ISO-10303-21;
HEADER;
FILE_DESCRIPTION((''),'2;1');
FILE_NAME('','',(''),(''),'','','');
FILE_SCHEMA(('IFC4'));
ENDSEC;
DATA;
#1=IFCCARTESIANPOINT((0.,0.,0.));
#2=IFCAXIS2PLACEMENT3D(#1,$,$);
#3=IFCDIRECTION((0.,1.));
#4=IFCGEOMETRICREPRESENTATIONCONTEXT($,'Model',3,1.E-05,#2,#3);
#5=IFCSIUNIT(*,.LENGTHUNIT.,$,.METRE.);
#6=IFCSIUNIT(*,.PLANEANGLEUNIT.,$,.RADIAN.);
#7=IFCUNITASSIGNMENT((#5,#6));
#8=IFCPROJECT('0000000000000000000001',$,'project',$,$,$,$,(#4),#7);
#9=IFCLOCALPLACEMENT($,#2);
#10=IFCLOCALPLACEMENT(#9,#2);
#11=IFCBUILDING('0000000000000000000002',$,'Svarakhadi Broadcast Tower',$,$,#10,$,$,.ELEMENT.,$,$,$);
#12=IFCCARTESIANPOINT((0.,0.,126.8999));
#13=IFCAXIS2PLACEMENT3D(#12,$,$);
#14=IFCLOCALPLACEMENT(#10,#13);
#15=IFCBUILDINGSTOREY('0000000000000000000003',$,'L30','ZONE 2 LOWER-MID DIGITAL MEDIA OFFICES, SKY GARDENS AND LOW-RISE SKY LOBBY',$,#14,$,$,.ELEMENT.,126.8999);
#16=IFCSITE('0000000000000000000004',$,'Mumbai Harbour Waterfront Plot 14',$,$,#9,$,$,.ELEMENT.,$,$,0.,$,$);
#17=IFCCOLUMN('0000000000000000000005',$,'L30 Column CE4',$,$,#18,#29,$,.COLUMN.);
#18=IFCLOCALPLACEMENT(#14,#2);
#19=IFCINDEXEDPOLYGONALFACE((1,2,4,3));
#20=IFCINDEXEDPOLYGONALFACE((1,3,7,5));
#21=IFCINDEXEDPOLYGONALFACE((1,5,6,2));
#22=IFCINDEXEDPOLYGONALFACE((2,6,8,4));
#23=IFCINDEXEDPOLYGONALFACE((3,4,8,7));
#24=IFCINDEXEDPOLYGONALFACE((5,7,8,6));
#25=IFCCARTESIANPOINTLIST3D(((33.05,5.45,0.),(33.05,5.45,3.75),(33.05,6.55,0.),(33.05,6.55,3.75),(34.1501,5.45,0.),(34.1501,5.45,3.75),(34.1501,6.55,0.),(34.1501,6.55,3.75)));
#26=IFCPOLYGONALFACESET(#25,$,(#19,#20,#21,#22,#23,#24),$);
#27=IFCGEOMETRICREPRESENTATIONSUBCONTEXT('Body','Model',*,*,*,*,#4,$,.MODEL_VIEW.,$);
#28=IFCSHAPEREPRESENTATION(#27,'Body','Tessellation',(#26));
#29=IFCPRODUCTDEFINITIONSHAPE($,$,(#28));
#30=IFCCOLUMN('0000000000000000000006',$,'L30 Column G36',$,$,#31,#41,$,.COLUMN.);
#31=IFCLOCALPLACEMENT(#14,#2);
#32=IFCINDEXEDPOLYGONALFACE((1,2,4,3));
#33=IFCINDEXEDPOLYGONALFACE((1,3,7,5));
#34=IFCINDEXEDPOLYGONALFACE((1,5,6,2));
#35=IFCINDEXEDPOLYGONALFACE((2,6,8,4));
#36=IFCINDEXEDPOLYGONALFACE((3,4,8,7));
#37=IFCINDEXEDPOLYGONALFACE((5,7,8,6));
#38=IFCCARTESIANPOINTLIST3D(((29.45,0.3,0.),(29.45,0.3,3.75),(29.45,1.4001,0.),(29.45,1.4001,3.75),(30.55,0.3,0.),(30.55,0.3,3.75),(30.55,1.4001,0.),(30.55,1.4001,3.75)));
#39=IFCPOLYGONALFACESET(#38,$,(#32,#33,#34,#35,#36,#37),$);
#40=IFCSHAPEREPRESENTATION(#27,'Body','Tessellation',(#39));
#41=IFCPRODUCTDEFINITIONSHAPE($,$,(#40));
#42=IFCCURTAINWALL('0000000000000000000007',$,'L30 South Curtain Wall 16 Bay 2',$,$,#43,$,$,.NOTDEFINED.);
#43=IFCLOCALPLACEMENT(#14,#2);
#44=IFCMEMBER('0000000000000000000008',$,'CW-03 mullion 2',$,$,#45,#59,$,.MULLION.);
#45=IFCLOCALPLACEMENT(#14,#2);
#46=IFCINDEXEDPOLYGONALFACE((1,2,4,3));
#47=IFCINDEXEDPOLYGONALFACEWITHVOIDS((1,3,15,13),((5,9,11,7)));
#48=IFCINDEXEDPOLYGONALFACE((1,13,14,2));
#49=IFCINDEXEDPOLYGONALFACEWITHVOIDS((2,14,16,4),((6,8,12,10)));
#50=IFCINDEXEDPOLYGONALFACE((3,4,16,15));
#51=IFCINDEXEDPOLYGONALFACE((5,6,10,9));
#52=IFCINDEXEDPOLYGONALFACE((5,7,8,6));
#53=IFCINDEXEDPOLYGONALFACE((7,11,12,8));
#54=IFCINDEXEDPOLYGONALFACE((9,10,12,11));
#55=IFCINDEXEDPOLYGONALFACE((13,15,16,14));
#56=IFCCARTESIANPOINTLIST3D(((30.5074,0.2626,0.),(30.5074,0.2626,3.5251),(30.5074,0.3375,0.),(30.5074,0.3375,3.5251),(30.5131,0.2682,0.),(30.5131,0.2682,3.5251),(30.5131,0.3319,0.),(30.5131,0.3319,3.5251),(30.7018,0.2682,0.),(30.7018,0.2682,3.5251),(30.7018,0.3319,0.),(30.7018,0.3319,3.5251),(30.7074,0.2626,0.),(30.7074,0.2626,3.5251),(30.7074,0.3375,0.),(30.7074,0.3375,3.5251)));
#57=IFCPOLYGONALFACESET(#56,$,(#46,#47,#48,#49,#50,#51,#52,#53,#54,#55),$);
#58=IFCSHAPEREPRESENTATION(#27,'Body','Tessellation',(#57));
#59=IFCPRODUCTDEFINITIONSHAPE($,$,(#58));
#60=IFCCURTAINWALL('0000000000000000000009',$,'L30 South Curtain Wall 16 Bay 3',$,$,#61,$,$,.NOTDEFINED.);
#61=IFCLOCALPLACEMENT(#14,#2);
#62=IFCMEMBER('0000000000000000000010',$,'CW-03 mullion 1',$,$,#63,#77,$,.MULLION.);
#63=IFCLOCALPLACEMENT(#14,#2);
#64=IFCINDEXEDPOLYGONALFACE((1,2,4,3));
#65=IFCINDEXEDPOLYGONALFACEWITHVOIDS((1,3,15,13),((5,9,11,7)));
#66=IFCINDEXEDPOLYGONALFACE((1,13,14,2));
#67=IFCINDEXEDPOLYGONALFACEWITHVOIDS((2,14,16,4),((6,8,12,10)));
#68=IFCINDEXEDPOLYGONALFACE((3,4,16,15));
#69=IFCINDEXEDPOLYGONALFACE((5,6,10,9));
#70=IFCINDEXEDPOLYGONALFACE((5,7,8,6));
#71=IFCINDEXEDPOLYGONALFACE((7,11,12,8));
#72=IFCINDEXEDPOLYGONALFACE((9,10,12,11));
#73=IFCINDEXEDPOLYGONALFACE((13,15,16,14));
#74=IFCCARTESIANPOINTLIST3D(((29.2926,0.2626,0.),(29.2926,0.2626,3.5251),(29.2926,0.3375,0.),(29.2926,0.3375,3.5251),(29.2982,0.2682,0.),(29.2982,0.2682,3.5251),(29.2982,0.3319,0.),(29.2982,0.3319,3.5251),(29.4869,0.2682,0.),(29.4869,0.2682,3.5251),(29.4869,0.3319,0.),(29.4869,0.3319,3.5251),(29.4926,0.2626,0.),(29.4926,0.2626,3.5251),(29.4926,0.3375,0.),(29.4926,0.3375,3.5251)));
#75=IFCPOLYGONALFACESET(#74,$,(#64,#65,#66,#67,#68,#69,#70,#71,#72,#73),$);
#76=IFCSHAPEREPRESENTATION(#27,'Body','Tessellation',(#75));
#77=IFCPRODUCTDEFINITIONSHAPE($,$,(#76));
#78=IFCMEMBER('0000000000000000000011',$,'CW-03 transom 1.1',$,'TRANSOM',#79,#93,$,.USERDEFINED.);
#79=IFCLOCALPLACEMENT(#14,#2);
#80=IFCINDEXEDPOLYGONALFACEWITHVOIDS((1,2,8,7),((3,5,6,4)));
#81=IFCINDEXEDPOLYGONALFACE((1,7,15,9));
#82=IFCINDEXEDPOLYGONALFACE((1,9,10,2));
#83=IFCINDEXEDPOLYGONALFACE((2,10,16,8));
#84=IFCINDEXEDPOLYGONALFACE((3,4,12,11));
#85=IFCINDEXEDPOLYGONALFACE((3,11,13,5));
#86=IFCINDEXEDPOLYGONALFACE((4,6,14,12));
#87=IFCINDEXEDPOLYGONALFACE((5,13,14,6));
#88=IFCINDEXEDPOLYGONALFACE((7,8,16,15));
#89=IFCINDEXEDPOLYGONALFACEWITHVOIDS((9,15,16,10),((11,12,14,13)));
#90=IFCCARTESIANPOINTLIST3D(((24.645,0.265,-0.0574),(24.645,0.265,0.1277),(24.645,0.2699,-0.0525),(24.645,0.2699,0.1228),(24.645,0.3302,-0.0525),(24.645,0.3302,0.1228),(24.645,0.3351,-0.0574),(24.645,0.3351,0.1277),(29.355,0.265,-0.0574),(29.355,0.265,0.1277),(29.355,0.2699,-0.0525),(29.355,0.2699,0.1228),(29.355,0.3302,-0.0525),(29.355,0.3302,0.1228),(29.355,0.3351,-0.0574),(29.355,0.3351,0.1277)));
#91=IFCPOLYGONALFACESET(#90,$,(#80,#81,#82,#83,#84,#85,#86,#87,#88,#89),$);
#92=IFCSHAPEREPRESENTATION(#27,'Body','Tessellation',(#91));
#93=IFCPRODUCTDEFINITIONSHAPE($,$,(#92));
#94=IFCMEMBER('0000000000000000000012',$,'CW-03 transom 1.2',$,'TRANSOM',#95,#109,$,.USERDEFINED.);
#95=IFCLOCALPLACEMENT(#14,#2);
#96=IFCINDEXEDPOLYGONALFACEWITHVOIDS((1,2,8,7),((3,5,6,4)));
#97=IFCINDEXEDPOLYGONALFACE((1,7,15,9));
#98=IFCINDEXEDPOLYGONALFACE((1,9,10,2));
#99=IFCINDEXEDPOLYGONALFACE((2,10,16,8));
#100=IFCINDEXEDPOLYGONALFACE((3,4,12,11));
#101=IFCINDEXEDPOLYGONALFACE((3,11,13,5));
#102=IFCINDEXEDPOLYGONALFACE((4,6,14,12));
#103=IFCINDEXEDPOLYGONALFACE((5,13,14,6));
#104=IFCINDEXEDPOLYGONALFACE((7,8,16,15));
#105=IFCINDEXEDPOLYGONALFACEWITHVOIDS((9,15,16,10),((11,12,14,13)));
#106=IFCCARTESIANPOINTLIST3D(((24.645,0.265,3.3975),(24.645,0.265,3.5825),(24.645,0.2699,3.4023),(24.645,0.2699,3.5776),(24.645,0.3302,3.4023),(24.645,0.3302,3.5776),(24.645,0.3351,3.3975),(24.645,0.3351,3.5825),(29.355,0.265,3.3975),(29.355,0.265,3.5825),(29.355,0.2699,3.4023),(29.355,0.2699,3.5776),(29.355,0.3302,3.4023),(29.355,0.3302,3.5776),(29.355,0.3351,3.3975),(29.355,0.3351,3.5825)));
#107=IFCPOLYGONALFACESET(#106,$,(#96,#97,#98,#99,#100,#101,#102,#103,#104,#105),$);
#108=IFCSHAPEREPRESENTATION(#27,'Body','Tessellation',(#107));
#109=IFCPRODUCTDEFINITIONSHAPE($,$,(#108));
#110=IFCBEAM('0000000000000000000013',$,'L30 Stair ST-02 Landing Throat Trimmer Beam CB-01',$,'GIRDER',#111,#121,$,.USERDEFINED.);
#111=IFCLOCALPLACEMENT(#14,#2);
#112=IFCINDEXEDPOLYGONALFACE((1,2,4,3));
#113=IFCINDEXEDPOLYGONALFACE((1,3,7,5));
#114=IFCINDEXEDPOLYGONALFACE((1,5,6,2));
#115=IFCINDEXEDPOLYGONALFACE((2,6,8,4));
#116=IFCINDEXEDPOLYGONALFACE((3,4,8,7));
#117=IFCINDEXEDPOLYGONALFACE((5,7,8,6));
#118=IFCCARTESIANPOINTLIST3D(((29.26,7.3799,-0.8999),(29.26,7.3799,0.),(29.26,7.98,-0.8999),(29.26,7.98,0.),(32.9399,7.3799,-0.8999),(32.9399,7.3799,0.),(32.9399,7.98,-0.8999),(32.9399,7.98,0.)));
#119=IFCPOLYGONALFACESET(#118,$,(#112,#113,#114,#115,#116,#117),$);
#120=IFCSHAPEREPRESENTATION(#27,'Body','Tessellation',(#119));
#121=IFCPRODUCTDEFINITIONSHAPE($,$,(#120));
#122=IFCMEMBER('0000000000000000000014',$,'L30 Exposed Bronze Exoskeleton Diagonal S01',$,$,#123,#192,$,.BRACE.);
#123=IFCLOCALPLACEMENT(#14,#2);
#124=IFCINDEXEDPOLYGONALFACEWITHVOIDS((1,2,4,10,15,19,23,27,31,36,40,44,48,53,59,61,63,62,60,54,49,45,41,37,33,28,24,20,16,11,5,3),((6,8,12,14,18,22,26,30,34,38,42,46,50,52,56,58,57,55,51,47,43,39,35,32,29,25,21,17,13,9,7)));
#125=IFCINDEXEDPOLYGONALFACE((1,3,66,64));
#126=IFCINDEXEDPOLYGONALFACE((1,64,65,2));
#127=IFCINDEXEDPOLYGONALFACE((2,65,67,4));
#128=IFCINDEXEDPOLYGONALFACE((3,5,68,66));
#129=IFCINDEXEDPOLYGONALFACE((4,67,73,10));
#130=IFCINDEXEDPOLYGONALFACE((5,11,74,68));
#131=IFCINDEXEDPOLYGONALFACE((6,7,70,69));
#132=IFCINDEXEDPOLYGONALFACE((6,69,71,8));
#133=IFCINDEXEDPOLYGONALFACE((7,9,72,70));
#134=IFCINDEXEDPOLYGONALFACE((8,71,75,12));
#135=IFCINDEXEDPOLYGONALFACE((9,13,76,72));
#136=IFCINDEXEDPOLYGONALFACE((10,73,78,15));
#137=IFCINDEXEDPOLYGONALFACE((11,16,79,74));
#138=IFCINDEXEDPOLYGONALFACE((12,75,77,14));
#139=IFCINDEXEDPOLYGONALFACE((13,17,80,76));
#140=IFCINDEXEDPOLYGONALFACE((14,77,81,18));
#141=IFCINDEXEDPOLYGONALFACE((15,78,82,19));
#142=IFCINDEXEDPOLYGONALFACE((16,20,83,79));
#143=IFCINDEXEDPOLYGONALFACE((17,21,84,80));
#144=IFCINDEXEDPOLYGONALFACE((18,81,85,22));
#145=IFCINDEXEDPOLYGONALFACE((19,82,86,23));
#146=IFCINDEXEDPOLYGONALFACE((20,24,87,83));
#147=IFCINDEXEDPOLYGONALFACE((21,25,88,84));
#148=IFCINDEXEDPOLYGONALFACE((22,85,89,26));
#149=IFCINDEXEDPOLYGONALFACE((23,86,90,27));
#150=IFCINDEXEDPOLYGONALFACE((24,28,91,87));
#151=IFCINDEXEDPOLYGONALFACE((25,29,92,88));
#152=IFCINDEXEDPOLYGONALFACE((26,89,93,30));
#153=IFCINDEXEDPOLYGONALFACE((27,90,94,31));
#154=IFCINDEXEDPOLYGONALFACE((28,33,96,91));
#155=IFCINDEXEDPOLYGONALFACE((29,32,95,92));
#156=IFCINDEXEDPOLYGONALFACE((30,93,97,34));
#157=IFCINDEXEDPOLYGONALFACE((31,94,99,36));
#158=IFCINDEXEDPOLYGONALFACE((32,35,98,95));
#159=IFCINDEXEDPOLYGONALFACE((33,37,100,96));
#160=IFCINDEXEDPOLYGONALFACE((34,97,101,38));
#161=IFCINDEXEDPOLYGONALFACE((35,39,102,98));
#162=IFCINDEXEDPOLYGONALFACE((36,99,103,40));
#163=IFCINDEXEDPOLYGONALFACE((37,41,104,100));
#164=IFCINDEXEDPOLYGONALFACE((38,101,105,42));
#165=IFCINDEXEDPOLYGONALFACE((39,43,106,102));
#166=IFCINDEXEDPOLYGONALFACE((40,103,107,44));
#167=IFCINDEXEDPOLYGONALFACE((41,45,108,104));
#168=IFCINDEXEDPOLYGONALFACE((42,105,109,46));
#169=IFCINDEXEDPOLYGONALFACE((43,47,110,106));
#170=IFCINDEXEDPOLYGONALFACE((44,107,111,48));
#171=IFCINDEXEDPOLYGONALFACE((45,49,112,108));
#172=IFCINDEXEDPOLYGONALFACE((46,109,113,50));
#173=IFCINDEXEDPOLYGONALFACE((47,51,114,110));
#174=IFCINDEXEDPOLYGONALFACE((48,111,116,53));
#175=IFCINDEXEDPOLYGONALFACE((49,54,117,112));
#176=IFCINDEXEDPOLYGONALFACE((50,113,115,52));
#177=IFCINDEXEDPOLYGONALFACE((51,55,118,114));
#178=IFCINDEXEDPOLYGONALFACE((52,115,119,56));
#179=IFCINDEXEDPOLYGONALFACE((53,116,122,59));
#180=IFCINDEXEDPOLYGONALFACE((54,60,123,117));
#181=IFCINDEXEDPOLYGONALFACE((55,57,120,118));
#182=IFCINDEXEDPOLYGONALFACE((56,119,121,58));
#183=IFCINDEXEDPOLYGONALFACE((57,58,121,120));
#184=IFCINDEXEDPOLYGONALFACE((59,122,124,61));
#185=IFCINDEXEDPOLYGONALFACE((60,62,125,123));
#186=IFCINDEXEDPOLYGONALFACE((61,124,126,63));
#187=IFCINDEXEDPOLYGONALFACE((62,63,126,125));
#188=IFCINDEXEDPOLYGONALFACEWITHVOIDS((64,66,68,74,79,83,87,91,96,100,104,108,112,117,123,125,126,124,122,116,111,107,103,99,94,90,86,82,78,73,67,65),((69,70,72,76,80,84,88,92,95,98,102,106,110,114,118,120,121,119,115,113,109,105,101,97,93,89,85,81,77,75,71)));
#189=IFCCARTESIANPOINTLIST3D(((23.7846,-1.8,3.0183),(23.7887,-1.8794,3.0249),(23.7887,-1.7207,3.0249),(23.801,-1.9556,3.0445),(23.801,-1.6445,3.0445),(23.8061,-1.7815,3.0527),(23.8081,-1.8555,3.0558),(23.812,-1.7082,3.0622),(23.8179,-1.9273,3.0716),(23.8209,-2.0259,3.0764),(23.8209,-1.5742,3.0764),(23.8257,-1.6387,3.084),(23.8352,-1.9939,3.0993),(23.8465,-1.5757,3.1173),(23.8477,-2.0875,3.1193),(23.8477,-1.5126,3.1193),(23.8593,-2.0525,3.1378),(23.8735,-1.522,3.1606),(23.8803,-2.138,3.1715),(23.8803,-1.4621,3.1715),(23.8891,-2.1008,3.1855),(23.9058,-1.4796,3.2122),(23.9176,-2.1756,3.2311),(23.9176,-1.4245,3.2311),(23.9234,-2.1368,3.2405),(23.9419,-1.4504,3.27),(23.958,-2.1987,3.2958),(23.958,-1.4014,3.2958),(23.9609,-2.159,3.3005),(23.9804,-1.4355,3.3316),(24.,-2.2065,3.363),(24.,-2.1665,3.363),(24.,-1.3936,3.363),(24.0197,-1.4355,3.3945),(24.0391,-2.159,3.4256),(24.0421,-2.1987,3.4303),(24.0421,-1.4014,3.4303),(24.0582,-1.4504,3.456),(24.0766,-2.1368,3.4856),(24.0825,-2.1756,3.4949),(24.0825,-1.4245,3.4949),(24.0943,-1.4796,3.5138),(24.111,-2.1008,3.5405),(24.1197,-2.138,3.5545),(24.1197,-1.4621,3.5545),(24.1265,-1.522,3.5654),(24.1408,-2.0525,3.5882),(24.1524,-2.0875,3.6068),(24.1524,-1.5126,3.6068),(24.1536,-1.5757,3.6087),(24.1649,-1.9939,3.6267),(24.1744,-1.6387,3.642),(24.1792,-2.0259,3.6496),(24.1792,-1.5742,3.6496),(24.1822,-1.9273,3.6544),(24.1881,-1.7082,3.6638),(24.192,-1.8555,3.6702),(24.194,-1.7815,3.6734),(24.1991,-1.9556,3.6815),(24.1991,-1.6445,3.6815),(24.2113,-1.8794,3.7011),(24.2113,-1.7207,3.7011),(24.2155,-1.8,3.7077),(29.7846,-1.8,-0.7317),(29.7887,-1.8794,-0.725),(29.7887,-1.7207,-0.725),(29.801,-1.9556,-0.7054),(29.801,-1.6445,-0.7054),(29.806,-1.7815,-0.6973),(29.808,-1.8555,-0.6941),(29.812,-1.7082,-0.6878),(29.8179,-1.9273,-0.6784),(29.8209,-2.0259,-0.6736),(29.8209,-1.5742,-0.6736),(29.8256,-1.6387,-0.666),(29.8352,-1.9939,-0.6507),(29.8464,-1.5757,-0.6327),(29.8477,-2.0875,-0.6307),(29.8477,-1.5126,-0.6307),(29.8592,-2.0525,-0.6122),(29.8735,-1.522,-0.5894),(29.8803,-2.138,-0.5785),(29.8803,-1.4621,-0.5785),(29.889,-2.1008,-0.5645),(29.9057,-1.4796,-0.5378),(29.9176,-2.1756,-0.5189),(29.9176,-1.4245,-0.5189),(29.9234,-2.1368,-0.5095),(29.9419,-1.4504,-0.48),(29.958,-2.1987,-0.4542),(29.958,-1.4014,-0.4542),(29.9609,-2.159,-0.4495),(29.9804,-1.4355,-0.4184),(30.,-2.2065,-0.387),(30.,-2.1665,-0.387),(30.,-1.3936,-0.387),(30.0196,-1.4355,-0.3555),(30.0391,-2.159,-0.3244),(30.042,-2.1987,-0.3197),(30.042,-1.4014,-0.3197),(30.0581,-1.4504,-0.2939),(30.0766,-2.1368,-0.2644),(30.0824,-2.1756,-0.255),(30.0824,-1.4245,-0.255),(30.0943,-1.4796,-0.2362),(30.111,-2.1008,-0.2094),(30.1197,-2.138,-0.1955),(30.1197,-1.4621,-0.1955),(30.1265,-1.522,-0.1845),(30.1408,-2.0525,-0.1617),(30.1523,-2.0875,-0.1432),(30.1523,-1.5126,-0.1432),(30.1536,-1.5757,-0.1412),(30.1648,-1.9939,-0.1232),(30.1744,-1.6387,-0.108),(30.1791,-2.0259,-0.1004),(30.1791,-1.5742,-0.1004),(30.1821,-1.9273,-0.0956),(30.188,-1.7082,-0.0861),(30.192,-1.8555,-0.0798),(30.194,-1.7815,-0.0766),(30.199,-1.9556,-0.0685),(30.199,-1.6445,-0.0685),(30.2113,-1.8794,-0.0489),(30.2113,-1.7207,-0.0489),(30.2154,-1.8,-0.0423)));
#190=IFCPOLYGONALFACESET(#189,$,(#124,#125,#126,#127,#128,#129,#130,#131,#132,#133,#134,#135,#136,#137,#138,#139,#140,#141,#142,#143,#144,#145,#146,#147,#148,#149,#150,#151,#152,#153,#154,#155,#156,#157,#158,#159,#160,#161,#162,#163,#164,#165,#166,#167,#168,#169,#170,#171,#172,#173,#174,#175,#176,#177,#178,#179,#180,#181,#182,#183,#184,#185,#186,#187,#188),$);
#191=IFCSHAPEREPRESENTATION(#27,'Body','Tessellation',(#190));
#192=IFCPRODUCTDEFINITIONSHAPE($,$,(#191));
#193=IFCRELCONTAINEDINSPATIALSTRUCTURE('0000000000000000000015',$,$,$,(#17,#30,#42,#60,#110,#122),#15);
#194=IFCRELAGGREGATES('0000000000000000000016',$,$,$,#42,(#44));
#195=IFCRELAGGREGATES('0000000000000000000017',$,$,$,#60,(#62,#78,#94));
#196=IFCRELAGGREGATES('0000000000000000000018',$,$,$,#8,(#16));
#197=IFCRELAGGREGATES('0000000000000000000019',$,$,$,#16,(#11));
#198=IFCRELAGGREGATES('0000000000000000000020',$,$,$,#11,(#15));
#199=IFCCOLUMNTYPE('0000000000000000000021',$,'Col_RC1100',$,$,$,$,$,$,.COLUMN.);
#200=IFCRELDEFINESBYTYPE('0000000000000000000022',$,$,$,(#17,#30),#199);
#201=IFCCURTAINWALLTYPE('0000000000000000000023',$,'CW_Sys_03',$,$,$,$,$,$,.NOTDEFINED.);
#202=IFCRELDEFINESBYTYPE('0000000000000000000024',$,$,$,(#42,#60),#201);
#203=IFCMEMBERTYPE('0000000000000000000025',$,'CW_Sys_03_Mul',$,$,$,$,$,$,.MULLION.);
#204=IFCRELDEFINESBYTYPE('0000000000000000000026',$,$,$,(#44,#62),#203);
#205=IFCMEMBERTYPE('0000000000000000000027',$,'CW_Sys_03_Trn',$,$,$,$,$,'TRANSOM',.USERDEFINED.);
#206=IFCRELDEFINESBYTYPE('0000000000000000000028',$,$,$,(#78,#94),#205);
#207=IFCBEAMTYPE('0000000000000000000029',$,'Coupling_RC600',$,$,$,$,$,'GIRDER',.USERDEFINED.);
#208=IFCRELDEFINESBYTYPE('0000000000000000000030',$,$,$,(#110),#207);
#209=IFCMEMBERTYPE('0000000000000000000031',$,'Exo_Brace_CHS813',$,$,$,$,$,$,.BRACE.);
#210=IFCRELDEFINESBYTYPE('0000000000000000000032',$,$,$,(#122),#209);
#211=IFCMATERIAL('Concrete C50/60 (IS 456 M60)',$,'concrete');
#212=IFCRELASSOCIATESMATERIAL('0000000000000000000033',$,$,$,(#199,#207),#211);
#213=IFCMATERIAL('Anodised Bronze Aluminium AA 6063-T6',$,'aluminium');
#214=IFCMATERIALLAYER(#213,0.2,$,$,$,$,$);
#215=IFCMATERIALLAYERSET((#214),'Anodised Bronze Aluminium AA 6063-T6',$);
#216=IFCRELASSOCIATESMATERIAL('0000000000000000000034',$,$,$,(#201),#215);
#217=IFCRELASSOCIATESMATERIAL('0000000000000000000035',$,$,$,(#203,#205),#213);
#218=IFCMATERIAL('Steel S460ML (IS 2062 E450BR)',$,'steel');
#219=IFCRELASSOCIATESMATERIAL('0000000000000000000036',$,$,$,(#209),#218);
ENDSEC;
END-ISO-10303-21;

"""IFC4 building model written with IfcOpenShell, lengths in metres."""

from ifc_helpers import new_model, si_unit, direction, frame, origin, origin_2d, place, context, subcontext, project, spatial, rectangle, hollow_rectangle, hollow_circle, extrude, material, layer, layer_set, material_profile, profile_set, type_object, element, aggregate, save


model = new_model("IFC4")

# Units and contexts
model_context = context("Model", 3, precision=1e-05, world=origin(), true_north=direction((0.0, 1.0)))
body_context = subcontext(model_context, "Body", "Model", "MODEL_VIEW")
ifc_project = project(units=[si_unit("LENGTHUNIT", "METRE"), si_unit("PLANEANGLEUNIT", "RADIAN")], contexts=[model_context])

# Site, building, storey
site_placement = place(None, origin())
site = spatial("IfcSite", under=ifc_project, at=site_placement, Name="Mumbai Harbour Waterfront Plot 14", CompositionType="ELEMENT", RefElevation=0.0)
building_placement = place(site_placement, origin())
building = spatial("IfcBuilding", under=site, at=building_placement, Name="Svarakhadi Broadcast Tower", CompositionType="ELEMENT")
storey_placement = place(building_placement, frame((0.0, 0.0, 126.8999)))
storey = spatial("IfcBuildingStorey", under=building, at=storey_placement, Name="L30", Description="ZONE 2 LOWER-MID DIGITAL MEDIA OFFICES, SKY GARDENS AND LOW-RISE SKY LOBBY", CompositionType="ELEMENT", Elevation=126.8999)

# Columns
ifc_material_1 = material(Name="Concrete C50/60 (IS 456 M60)", Category="concrete")
ifc_material_profile_1 = material_profile(ifc_material_1, rectangle(XDim=1.1001, YDim=1.1001, at=origin_2d()), Name="RC 1100x1100")
ifc_profile_set_1 = profile_set([ifc_material_profile_1], Name="Concrete C50/60 (IS 456 M60)")
column_type = type_object("IfcColumnType", Name="Col_RC1100", PredefinedType="COLUMN", material=ifc_profile_set_1)
for number, where, z_axis, x_axis, name in (
    (1, (33.6001, 6.0, 0.0), (0.0, 0.0, 1.0), (1.0, 0.0, 0.0), "L30 Column CE4"),
    (2, (30.0, 0.8501, 0.0), (0.0, 0.0, 1.0), (1.0, 0.0, 0.0), "L30 Column G36"),
):
    element("IfcColumn", number, at=place(storey_placement, frame(where, z_axis=z_axis, x_axis=x_axis)), inside=storey, type_object=column_type, Name=name, PredefinedType="COLUMN", context=body_context, shape_type="SweptSolid", body=[
        extrude(rectangle(XDim=1.1001, YDim=1.1001, at=origin_2d()), origin(), (0.0, 0.0, 1.0), 3.75),
    ])

# Curtain wall, member
ifc_material_2 = material(Name="Anodised Bronze Aluminium AA 6063-T6", Category="aluminium")
ifc_layer_1 = layer(ifc_material_2, 0.2)
ifc_layer_set_1 = layer_set([ifc_layer_1], Name="Anodised Bronze Aluminium AA 6063-T6")
curtain_wall_type = type_object("IfcCurtainWallType", Name="CW_Sys_03", PredefinedType="NOTDEFINED", material=ifc_layer_set_1)
curtain_wall_1_placement = place(storey_placement, origin())
curtain_wall_1 = element("IfcCurtainWall", 3, at=curtain_wall_1_placement, inside=storey, type_object=curtain_wall_type, Name="L30 South Curtain Wall 16 Bay 2", PredefinedType="NOTDEFINED")
ifc_material_profile_2 = material_profile(ifc_material_2, hollow_rectangle(XDim=0.075, YDim=0.2, WallThickness=0.0056, at=origin_2d()), Name="ALU MULLION 200x75x6")
ifc_profile_set_2 = profile_set([ifc_material_profile_2], Name="Anodised Bronze Aluminium AA 6063-T6")
member_type_1 = type_object("IfcMemberType", Name="CW_Sys_03_Mul", PredefinedType="MULLION", material=ifc_profile_set_2)
member_1_placement = place(storey_placement, frame((30.6074, 0.3, 0.0), z_axis=(0.0, 0.0, 1.0), x_axis=(0.0, -1.0, 0.0)))
member_1 = element("IfcMember", 4, at=member_1_placement, type_object=member_type_1, Name="CW-03 mullion 2", PredefinedType="MULLION", context=body_context, shape_type="SweptSolid", body=[
    extrude(hollow_rectangle(XDim=0.075, YDim=0.2, WallThickness=0.0056, at=origin_2d()), origin(), (0.0, 0.0, 1.0), 3.5251),
])

# Curtain wall, members
curtain_wall_2_placement = place(storey_placement, origin())
curtain_wall_2 = element("IfcCurtainWall", 5, at=curtain_wall_2_placement, inside=storey, type_object=curtain_wall_type, Name="L30 South Curtain Wall 16 Bay 3", PredefinedType="NOTDEFINED")
member_2_placement = place(storey_placement, frame((29.3926, 0.3, 0.0), z_axis=(0.0, 0.0, 1.0), x_axis=(0.0, -1.0, 0.0)))
member_2 = element("IfcMember", 6, at=member_2_placement, type_object=member_type_1, Name="CW-03 mullion 1", PredefinedType="MULLION", context=body_context, shape_type="SweptSolid", body=[
    extrude(hollow_rectangle(XDim=0.075, YDim=0.2, WallThickness=0.0056, at=origin_2d()), origin(), (0.0, 0.0, 1.0), 3.5251),
])
ifc_material_profile_3 = material_profile(ifc_material_2, hollow_rectangle(XDim=0.0701, YDim=0.1851, WallThickness=0.0049, at=origin_2d()), Name="ALU TRANSOM 185x70x5")
ifc_profile_set_3 = profile_set([ifc_material_profile_3], Name="Anodised Bronze Aluminium AA 6063-T6")
member_type_2 = type_object("IfcMemberType", Name="CW_Sys_03_Trn", ElementType="TRANSOM", PredefinedType="USERDEFINED", material=ifc_profile_set_3)
member_3_placement = place(storey_placement, frame((29.355, 0.3, 0.0352), z_axis=(-1.0, 0.0, 0.0), x_axis=(0.0, -1.0, 0.0)))
member_3 = element("IfcMember", 7, at=member_3_placement, type_object=member_type_2, Name="CW-03 transom 1.1", ObjectType="TRANSOM", PredefinedType="USERDEFINED", context=body_context, shape_type="SweptSolid", body=[
    extrude(hollow_rectangle(XDim=0.0701, YDim=0.1851, WallThickness=0.0049, at=origin_2d()), origin(), (0.0, 0.0, 1.0), 4.71),
])
member_4_placement = place(storey_placement, frame((29.355, 0.3, 3.49), z_axis=(-1.0, 0.0, 0.0), x_axis=(0.0, -1.0, 0.0)))
member_4 = element("IfcMember", 8, at=member_4_placement, type_object=member_type_2, Name="CW-03 transom 1.2", ObjectType="TRANSOM", PredefinedType="USERDEFINED", context=body_context, shape_type="SweptSolid", body=[
    extrude(hollow_rectangle(XDim=0.0701, YDim=0.1851, WallThickness=0.0049, at=origin_2d()), origin(), (0.0, 0.0, 1.0), 4.71),
])

# Beam
ifc_material_profile_4 = material_profile(ifc_material_1, rectangle(XDim=0.6001, YDim=0.8999, at=origin_2d()), Name="RC 600x900")
ifc_profile_set_4 = profile_set([ifc_material_profile_4], Name="Concrete C50/60 (IS 456 M60)")
beam_type_1 = type_object("IfcBeamType", Name="Coupling_RC600", ElementType="GIRDER", PredefinedType="USERDEFINED", material=ifc_profile_set_4)
beam_1_placement = place(storey_placement, frame((29.26, 7.6799, -0.45), z_axis=(1.0, 0.0, 0.0), x_axis=(0.0, 1.0, 0.0)))
element("IfcBeam", 9, at=beam_1_placement, inside=storey, type_object=beam_type_1, Name="L30 Stair ST-02 Landing Throat Trimmer Beam CB-01", ObjectType="GIRDER", PredefinedType="USERDEFINED", context=body_context, shape_type="SweptSolid", body=[
    extrude(rectangle(XDim=0.6001, YDim=0.8999, at=origin_2d()), origin(), (0.0, 0.0, 1.0), 3.6799),
])

# Member
ifc_material_3 = material(Name="Steel S460ML (IS 2062 E450BR)", Category="steel")
ifc_material_profile_5 = material_profile(ifc_material_3, hollow_circle(Radius=0.4065, WallThickness=0.04, at=origin_2d()), Name="CHS 813x40")
ifc_profile_set_5 = profile_set([ifc_material_profile_5], Name="Steel S460ML (IS 2062 E450BR)")
member_type_3 = type_object("IfcMemberType", Name="Exo_Brace_CHS813", PredefinedType="BRACE", material=ifc_profile_set_5)
member_5_placement = place(storey_placement, frame((30.0, -1.8, -0.387), z_axis=(-0.847998, 0.0, 0.529999), x_axis=(0.0, -1.0, 0.0)))
element("IfcMember", 10, at=member_5_placement, inside=storey, type_object=member_type_3, Name="L30 Exposed Bronze Exoskeleton Diagonal S01", PredefinedType="BRACE", context=body_context, shape_type="SweptSolid", body=[
    extrude(hollow_circle(Radius=0.4065, WallThickness=0.04, at=origin_2d()), origin(), (0.0, 0.0, 1.0), 7.0754),
])

aggregate(curtain_wall_1, [member_1])
aggregate(curtain_wall_2, [member_2, member_3, member_4])

save(model, "model.ifc")
